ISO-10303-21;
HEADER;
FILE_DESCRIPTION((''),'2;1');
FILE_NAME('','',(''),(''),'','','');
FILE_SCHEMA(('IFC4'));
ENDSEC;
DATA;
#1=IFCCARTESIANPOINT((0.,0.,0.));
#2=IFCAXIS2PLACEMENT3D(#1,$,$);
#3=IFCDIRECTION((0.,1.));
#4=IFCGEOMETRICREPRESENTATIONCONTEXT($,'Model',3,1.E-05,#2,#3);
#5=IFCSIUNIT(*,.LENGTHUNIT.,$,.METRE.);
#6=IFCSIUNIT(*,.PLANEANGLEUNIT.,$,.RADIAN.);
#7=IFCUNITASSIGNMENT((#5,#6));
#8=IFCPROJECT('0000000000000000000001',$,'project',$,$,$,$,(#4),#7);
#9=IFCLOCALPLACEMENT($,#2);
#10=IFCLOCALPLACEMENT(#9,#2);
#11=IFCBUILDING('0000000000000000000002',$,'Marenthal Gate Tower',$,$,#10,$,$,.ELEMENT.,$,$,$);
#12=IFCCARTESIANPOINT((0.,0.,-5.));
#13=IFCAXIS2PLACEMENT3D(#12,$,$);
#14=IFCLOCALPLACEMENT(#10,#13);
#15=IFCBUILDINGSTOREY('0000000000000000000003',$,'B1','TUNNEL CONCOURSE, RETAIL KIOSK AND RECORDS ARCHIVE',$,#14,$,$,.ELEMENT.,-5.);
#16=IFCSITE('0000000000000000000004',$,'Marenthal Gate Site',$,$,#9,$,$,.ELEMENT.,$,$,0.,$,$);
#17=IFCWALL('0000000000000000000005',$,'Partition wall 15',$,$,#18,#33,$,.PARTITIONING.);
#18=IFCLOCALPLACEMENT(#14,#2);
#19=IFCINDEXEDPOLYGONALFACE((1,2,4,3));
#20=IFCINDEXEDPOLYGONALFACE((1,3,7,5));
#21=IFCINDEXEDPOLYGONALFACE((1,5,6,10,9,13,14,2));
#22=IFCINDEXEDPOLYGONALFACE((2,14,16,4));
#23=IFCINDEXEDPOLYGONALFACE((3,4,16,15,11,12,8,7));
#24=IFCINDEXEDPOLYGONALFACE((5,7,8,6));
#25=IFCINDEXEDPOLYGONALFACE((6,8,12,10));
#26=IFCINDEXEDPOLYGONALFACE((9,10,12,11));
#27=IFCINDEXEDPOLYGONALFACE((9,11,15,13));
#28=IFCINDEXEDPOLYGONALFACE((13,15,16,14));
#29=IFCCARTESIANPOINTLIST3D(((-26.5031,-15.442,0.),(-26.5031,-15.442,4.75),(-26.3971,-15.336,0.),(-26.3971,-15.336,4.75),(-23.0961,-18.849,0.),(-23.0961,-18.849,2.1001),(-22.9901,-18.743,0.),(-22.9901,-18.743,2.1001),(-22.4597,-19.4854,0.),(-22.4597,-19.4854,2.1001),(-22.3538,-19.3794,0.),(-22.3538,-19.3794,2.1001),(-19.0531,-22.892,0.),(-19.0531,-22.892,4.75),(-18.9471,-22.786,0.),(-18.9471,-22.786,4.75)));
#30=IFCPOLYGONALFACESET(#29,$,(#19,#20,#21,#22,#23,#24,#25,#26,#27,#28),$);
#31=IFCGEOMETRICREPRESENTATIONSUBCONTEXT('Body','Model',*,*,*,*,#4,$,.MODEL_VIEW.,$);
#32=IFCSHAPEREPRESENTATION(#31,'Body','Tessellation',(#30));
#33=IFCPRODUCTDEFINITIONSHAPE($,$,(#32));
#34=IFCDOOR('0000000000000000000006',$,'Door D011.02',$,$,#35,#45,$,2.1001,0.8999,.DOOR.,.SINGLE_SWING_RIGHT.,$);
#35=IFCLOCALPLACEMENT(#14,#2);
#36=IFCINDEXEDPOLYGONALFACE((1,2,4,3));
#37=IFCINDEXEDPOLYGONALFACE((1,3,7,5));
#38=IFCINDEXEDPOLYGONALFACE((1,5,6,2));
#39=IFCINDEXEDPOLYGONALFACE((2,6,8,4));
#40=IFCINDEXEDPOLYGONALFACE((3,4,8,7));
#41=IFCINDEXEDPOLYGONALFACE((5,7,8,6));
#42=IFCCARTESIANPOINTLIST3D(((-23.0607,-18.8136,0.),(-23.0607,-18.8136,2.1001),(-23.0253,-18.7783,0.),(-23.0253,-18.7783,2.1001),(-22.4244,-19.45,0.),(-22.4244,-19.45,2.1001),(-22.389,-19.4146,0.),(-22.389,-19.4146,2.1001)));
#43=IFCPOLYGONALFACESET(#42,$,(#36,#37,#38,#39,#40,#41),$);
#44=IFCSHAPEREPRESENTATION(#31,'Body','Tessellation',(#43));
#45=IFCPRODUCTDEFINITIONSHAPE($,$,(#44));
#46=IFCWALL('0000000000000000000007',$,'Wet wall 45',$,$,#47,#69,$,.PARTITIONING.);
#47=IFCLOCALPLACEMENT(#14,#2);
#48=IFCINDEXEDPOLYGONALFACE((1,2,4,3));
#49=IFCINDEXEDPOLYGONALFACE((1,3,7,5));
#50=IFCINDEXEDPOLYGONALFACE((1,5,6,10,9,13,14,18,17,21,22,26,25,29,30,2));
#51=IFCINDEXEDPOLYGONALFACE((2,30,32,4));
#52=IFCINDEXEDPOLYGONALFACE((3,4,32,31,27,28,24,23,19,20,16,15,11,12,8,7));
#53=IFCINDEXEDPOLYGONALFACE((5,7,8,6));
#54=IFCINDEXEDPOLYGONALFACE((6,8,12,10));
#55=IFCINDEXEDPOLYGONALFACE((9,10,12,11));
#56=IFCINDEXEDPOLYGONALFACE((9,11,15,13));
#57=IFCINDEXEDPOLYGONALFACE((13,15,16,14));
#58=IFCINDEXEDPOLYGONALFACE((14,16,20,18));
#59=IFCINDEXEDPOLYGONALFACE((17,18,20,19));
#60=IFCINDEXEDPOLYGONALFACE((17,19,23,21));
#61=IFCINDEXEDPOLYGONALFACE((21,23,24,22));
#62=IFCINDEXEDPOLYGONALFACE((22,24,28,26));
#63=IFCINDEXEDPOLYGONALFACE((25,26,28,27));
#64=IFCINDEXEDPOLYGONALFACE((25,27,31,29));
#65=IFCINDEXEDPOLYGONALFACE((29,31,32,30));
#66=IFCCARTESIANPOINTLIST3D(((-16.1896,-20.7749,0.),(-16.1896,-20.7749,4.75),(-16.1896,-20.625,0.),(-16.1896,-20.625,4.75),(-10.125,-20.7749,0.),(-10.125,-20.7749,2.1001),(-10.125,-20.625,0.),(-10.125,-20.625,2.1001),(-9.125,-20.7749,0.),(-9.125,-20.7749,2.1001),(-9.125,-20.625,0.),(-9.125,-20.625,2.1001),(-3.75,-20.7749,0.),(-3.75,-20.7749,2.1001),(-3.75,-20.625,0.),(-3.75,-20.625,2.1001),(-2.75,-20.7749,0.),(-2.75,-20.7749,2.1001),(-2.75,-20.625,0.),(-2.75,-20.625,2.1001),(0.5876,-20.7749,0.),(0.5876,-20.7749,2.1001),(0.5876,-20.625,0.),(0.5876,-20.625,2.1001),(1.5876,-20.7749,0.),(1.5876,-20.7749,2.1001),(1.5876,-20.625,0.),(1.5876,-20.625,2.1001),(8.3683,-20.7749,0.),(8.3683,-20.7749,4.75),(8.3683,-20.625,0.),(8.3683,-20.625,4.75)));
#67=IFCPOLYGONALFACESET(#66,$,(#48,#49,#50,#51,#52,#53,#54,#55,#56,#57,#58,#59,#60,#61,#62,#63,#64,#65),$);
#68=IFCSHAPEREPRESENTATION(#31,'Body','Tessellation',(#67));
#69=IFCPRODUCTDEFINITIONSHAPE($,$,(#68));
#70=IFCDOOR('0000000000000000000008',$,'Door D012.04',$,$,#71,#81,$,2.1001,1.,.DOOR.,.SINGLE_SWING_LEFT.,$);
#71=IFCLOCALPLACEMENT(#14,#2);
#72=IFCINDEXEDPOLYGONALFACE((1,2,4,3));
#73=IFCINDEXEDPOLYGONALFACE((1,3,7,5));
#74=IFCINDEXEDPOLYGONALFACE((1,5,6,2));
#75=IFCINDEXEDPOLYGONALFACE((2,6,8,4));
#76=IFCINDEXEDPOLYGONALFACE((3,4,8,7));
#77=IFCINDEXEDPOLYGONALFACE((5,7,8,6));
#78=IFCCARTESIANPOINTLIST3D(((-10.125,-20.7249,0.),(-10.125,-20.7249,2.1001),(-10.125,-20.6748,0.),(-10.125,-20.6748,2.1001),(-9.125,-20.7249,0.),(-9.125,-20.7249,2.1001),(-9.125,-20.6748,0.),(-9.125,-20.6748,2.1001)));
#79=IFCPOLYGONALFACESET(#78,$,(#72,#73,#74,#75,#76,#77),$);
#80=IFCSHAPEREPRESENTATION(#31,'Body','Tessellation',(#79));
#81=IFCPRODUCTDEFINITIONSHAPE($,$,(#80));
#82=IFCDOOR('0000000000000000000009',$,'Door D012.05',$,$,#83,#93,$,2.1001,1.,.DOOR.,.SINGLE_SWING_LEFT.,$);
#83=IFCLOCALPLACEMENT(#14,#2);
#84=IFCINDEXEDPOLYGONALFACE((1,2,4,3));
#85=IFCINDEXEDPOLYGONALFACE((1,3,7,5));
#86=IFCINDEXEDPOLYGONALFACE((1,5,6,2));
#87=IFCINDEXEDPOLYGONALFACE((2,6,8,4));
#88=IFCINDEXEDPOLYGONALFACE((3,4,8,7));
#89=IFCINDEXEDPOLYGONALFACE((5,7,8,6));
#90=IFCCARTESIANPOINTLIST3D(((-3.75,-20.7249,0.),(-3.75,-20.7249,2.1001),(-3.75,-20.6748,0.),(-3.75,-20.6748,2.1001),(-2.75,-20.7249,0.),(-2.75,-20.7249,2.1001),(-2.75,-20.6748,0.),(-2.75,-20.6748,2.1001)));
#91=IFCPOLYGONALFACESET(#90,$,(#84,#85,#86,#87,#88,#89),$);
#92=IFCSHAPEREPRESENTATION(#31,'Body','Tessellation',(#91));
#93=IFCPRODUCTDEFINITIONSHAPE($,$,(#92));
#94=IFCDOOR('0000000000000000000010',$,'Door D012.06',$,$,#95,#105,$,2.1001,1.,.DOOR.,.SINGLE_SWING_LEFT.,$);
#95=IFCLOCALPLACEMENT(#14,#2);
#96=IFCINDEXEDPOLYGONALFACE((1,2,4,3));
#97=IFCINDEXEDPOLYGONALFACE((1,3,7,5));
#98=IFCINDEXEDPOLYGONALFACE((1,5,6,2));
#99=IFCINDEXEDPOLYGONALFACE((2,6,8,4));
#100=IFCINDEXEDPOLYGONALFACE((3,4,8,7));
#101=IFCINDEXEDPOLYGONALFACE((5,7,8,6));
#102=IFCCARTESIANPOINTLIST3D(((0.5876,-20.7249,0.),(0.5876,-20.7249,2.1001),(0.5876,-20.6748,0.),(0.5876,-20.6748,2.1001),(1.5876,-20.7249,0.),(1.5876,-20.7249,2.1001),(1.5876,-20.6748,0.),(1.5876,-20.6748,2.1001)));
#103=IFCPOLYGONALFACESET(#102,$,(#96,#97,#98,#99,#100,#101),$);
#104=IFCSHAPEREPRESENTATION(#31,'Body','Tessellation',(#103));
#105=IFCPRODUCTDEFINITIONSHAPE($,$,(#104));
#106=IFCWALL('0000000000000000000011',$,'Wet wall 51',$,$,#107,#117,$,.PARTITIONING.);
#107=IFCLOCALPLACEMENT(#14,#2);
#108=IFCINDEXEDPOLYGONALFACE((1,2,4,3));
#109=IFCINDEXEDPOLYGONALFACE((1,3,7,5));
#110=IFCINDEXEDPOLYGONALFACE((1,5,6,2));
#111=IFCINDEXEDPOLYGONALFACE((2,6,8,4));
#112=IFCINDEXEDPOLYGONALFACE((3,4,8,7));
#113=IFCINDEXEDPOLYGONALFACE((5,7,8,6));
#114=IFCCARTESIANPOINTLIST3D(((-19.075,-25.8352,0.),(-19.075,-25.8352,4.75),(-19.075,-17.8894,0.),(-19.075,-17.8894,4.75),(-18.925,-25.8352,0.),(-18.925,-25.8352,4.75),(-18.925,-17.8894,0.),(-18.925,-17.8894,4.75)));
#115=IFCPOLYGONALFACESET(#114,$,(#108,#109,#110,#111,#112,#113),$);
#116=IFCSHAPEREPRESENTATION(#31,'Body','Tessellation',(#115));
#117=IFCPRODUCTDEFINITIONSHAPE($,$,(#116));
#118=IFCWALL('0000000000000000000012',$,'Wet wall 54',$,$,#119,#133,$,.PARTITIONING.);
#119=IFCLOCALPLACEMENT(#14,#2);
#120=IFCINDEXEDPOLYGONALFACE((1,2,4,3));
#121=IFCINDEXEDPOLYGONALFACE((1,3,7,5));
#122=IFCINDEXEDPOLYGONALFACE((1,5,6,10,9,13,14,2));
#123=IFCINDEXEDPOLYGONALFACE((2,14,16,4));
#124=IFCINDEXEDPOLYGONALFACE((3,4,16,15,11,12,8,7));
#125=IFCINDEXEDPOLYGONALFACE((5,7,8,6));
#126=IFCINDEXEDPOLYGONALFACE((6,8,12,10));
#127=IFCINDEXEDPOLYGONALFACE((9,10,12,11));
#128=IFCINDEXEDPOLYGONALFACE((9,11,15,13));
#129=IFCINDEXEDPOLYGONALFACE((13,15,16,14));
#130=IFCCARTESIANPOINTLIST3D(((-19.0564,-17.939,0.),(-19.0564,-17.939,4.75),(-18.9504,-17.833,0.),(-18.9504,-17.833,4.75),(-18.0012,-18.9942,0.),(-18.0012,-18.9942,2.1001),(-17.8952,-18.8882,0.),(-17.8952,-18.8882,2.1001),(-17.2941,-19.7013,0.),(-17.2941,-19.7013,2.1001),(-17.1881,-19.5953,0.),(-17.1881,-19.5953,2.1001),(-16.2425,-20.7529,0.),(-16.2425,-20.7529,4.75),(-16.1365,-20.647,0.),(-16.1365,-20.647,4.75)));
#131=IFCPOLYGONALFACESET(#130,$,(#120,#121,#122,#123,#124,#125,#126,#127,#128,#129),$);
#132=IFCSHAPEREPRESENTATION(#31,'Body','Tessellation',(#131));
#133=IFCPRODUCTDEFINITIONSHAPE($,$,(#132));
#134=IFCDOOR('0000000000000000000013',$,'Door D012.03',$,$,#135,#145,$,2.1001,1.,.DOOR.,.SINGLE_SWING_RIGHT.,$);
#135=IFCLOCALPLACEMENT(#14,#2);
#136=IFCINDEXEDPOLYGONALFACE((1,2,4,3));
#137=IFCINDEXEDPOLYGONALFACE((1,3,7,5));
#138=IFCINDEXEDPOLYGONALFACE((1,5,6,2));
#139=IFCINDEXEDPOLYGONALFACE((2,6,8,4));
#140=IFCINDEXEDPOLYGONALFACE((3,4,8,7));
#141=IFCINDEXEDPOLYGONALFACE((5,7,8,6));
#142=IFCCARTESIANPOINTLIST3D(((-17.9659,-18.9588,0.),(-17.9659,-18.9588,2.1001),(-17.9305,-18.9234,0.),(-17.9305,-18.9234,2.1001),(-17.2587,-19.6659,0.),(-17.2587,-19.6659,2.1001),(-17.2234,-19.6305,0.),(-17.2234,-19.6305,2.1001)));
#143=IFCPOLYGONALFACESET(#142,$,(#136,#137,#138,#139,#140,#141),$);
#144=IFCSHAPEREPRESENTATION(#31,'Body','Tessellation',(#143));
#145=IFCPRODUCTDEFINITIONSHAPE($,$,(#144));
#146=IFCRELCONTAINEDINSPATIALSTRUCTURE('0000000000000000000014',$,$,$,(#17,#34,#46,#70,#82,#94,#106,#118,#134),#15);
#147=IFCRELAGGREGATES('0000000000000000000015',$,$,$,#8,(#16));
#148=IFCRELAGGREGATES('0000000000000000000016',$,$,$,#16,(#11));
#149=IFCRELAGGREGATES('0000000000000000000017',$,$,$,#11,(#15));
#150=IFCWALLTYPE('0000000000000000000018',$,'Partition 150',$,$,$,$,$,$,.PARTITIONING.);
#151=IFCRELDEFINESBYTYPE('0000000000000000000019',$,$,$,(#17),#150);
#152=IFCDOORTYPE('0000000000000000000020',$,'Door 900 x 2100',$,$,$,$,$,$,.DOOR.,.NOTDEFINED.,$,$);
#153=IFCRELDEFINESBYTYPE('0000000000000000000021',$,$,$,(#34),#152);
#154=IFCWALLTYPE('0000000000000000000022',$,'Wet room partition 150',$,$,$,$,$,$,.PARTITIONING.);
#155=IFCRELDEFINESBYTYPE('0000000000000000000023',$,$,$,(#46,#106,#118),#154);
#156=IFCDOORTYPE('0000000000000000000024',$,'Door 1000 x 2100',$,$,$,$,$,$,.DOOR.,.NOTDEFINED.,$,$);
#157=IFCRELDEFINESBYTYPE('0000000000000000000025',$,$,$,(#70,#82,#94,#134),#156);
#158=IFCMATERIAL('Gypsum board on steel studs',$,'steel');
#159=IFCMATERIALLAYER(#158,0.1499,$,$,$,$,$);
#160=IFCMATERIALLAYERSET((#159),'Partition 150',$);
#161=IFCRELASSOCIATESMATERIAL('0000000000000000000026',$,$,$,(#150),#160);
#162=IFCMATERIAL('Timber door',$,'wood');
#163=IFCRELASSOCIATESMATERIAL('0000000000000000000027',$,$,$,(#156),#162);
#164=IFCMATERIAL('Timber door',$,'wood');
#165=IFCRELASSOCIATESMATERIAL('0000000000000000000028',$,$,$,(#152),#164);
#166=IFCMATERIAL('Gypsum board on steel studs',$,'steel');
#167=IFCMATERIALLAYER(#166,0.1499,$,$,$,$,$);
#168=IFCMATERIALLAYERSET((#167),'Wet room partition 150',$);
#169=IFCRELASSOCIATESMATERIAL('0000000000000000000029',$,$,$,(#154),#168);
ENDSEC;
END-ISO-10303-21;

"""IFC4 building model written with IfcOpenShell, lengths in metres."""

from ifc_helpers import new_model, si_unit, direction, frame, frame_2d, origin, place, context, subcontext, project, spatial, rectangle, extrude, material, layer, layer_set, type_object, element, fill, save


model = new_model("IFC4")

# Units and contexts
model_context = context("Model", 3, precision=1e-05, world=origin(), true_north=direction((0.0, 1.0)))
body_context = subcontext(model_context, "Body", "Model", "MODEL_VIEW")
ifc_project = project(units=[si_unit("LENGTHUNIT", "METRE"), si_unit("PLANEANGLEUNIT", "RADIAN")], contexts=[model_context])

# Site, building, storey
site_placement = place(None, origin())
site = spatial("IfcSite", under=ifc_project, at=site_placement, Name="Marenthal Gate Site", CompositionType="ELEMENT", RefElevation=0.0)
building_placement = place(site_placement, origin())
building = spatial("IfcBuilding", under=site, at=building_placement, Name="Marenthal Gate Tower", CompositionType="ELEMENT")
storey_placement = place(building_placement, frame((0.0, 0.0, -5.0)))
storey = spatial("IfcBuildingStorey", under=building, at=storey_placement, Name="B1", Description="TUNNEL CONCOURSE, RETAIL KIOSK AND RECORDS ARCHIVE", CompositionType="ELEMENT", Elevation=-5.0)

# Shared definitions
ifc_material_1 = material(Name="Gypsum board on steel studs", Category="steel")
ifc_layer_1 = layer(ifc_material_1, 0.1499)
ifc_layer_set_1 = layer_set([ifc_layer_1], Name="Partition 150")
wall_type_1 = type_object("IfcWallType", Name="Partition 150", PredefinedType="PARTITIONING", material=ifc_layer_set_1)
ifc_material_2 = material(Name="Timber door", Category="wood")
door_type_1 = type_object("IfcDoorType", Name="Door 1000 x 2100", OperationType="NOTDEFINED", PredefinedType="DOOR", material=ifc_material_2)

# Wall, opening, door
wall_1_placement = place(storey_placement, frame((-19.0, -22.8391, 0.0), z_axis=(0.0, 0.0, 1.0), x_axis=(-0.707107, 0.707107, 0.0)))
wall_1 = element("IfcWall", 1, at=wall_1_placement, inside=storey, type_object=wall_type_1, Name="Partition wall 15", PredefinedType="PARTITIONING", context=body_context, shape_type="SweptSolid", body=[
    extrude(rectangle(XDim=10.5359, YDim=0.1499, at=frame_2d((5.2681, 0.0))), origin(), (0.0, 0.0, 1.0), 4.75),
])
opening_1_placement = place(wall_1_placement, frame((4.8179, 0.0, 0.0)))
opening_1 = element("IfcOpeningElement", 2, at=opening_1_placement, cuts=wall_1, PredefinedType="OPENING", context=body_context, shape_type="SweptSolid", body=[
    extrude(rectangle(XDim=0.8999, YDim=2.1001, at=frame_2d((0.45, 1.05))), frame((0.0, 0.085, 0.0), z_axis=(0.0, -1.0, 0.0), x_axis=(1.0, 0.0, 0.0)), (0.0, 0.0, 1.0), 0.1699),
])
ifc_material_3 = material(Name="Timber door", Category="wood")
door_type_2 = type_object("IfcDoorType", Name="Door 900 x 2100", OperationType="NOTDEFINED", PredefinedType="DOOR", material=ifc_material_3)
door_1_placement = place(opening_1_placement, origin())
door_1 = element("IfcDoor", 3, at=door_1_placement, inside=storey, type_object=door_type_2, Name="Door D011.02", OperationType="SINGLE_SWING_RIGHT", OverallHeight=2.1001, OverallWidth=0.8999, PredefinedType="DOOR", context=body_context, shape_type="SweptSolid", body=[
    extrude(rectangle(XDim=0.8999, YDim=2.1001, at=frame_2d((0.45, 1.05))), frame((0.0, 0.0249, 0.0), z_axis=(0.0, -1.0, 0.0), x_axis=(1.0, 0.0, 0.0)), (0.0, 0.0, 1.0), 0.05),
])
fill(opening_1, door_1)

# Wall, openings, doors
ifc_material_4 = material(Name="Gypsum board on steel studs", Category="steel")
ifc_layer_2 = layer(ifc_material_4, 0.1499)
ifc_layer_set_2 = layer_set([ifc_layer_2], Name="Wet room partition 150")
wall_type_2 = type_object("IfcWallType", Name="Wet room partition 150", PredefinedType="PARTITIONING", material=ifc_layer_set_2)
wall_2_placement = place(storey_placement, frame((-16.1895, -20.7, 0.0), z_axis=(0.0, 0.0, 1.0), x_axis=(1.0, 0.0, 0.0)))
wall_2 = element("IfcWall", 4, at=wall_2_placement, inside=storey, type_object=wall_type_2, Name="Wet wall 45", PredefinedType="PARTITIONING", context=body_context, shape_type="SweptSolid", body=[
    extrude(rectangle(XDim=24.5579, YDim=0.1499, at=frame_2d((12.2788, 0.0))), origin(), (0.0, 0.0, 1.0), 4.75),
])
opening_2_placement = place(wall_2_placement, frame((6.0645, 0.0, 0.0)))
opening_2 = element("IfcOpeningElement", 5, at=opening_2_placement, cuts=wall_2, PredefinedType="OPENING", context=body_context, shape_type="SweptSolid", body=[
    extrude(rectangle(XDim=1.0, YDim=2.1001, at=frame_2d((0.5, 1.05))), frame((0.0, 0.085, 0.0), z_axis=(0.0, -1.0, 0.0), x_axis=(1.0, 0.0, 0.0)), (0.0, 0.0, 1.0), 0.1699),
])
opening_3_placement = place(wall_2_placement, frame((12.4395, 0.0, 0.0)))
opening_3 = element("IfcOpeningElement", 6, at=opening_3_placement, cuts=wall_2, PredefinedType="OPENING", context=body_context, shape_type="SweptSolid", body=[
    extrude(rectangle(XDim=1.0, YDim=2.1001, at=frame_2d((0.5, 1.05))), frame((0.0, 0.085, 0.0), z_axis=(0.0, -1.0, 0.0), x_axis=(1.0, 0.0, 0.0)), (0.0, 0.0, 1.0), 0.1699),
])
opening_4_placement = place(wall_2_placement, frame((16.7771, 0.0, 0.0)))
opening_4 = element("IfcOpeningElement", 7, at=opening_4_placement, cuts=wall_2, PredefinedType="OPENING", context=body_context, shape_type="SweptSolid", body=[
    extrude(rectangle(XDim=1.0, YDim=2.1001, at=frame_2d((0.5, 1.05))), frame((0.0, 0.085, 0.0), z_axis=(0.0, -1.0, 0.0), x_axis=(1.0, 0.0, 0.0)), (0.0, 0.0, 1.0), 0.1699),
])
door_2_placement = place(opening_2_placement, frame((1.0, 0.0, 0.0), z_axis=(0.0, 0.0, 1.0), x_axis=(-1.0, 0.0, 0.0)))
door_2 = element("IfcDoor", 8, at=door_2_placement, inside=storey, type_object=door_type_1, Name="Door D012.04", OperationType="SINGLE_SWING_LEFT", OverallHeight=2.1001, OverallWidth=1.0, PredefinedType="DOOR", context=body_context, shape_type="SweptSolid", body=[
    extrude(rectangle(XDim=1.0, YDim=2.1001, at=frame_2d((0.5, 1.05))), frame((0.0, 0.0249, 0.0), z_axis=(0.0, -1.0, 0.0), x_axis=(1.0, 0.0, 0.0)), (0.0, 0.0, 1.0), 0.05),
])
fill(opening_2, door_2)
door_3_placement = place(opening_3_placement, frame((1.0, 0.0, 0.0), z_axis=(0.0, 0.0, 1.0), x_axis=(-1.0, 0.0, 0.0)))
door_3 = element("IfcDoor", 9, at=door_3_placement, inside=storey, type_object=door_type_1, Name="Door D012.05", OperationType="SINGLE_SWING_LEFT", OverallHeight=2.1001, OverallWidth=1.0, PredefinedType="DOOR", context=body_context, shape_type="SweptSolid", body=[
    extrude(rectangle(XDim=1.0, YDim=2.1001, at=frame_2d((0.5, 1.05))), frame((0.0, 0.0249, 0.0), z_axis=(0.0, -1.0, 0.0), x_axis=(1.0, 0.0, 0.0)), (0.0, 0.0, 1.0), 0.05),
])
fill(opening_3, door_3)
door_4_placement = place(opening_4_placement, frame((1.0, 0.0, 0.0), z_axis=(0.0, 0.0, 1.0), x_axis=(-1.0, 0.0, 0.0)))
door_4 = element("IfcDoor", 10, at=door_4_placement, inside=storey, type_object=door_type_1, Name="Door D012.06", OperationType="SINGLE_SWING_LEFT", OverallHeight=2.1001, OverallWidth=1.0, PredefinedType="DOOR", context=body_context, shape_type="SweptSolid", body=[
    extrude(rectangle(XDim=1.0, YDim=2.1001, at=frame_2d((0.5, 1.05))), frame((0.0, 0.0249, 0.0), z_axis=(0.0, -1.0, 0.0), x_axis=(1.0, 0.0, 0.0)), (0.0, 0.0, 1.0), 0.05),
])
fill(opening_4, door_4)

# Wall
wall_3_placement = place(storey_placement, frame((-19.0, -25.8352, 0.0), z_axis=(0.0, 0.0, 1.0), x_axis=(0.0, 1.0, 0.0)))
element("IfcWall", 11, at=wall_3_placement, inside=storey, type_object=wall_type_2, Name="Wet wall 51", PredefinedType="PARTITIONING", context=body_context, shape_type="SweptSolid", body=[
    extrude(rectangle(XDim=7.9458, YDim=0.1499, at=frame_2d((3.9729, 0.0))), origin(), (0.0, 0.0, 1.0), 4.75),
])

# Wall, opening, door
wall_4_placement = place(storey_placement, frame((-16.1895, -20.7, 0.0), z_axis=(0.0, 0.0, 1.0), x_axis=(-0.707107, 0.707107, 0.0)))
wall_4 = element("IfcWall", 12, at=wall_4_placement, inside=storey, type_object=wall_type_2, Name="Wet wall 54", PredefinedType="PARTITIONING", context=body_context, shape_type="SweptSolid", body=[
    extrude(rectangle(XDim=3.9795, YDim=0.1499, at=frame_2d((1.9897, 0.0))), origin(), (0.0, 0.0, 1.0), 4.75),
])
opening_5_placement = place(wall_4_placement, frame((1.4873, 0.0, 0.0)))
opening_5 = element("IfcOpeningElement", 13, at=opening_5_placement, cuts=wall_4, PredefinedType="OPENING", context=body_context, shape_type="SweptSolid", body=[
    extrude(rectangle(XDim=1.0, YDim=2.1001, at=frame_2d((0.5, 1.05))), frame((0.0, 0.085, 0.0), z_axis=(0.0, -1.0, 0.0), x_axis=(1.0, 0.0, 0.0)), (0.0, 0.0, 1.0), 0.1699),
])
door_5_placement = place(opening_5_placement, origin())
door_5 = element("IfcDoor", 14, at=door_5_placement, inside=storey, type_object=door_type_1, Name="Door D012.03", OperationType="SINGLE_SWING_RIGHT", OverallHeight=2.1001, OverallWidth=1.0, PredefinedType="DOOR", context=body_context, shape_type="SweptSolid", body=[
    extrude(rectangle(XDim=1.0, YDim=2.1001, at=frame_2d((0.5, 1.05))), frame((0.0, 0.0249, 0.0), z_axis=(0.0, -1.0, 0.0), x_axis=(1.0, 0.0, 0.0)), (0.0, 0.0, 1.0), 0.05),
])
fill(opening_5, door_5)

save(model, "model.ifc")
